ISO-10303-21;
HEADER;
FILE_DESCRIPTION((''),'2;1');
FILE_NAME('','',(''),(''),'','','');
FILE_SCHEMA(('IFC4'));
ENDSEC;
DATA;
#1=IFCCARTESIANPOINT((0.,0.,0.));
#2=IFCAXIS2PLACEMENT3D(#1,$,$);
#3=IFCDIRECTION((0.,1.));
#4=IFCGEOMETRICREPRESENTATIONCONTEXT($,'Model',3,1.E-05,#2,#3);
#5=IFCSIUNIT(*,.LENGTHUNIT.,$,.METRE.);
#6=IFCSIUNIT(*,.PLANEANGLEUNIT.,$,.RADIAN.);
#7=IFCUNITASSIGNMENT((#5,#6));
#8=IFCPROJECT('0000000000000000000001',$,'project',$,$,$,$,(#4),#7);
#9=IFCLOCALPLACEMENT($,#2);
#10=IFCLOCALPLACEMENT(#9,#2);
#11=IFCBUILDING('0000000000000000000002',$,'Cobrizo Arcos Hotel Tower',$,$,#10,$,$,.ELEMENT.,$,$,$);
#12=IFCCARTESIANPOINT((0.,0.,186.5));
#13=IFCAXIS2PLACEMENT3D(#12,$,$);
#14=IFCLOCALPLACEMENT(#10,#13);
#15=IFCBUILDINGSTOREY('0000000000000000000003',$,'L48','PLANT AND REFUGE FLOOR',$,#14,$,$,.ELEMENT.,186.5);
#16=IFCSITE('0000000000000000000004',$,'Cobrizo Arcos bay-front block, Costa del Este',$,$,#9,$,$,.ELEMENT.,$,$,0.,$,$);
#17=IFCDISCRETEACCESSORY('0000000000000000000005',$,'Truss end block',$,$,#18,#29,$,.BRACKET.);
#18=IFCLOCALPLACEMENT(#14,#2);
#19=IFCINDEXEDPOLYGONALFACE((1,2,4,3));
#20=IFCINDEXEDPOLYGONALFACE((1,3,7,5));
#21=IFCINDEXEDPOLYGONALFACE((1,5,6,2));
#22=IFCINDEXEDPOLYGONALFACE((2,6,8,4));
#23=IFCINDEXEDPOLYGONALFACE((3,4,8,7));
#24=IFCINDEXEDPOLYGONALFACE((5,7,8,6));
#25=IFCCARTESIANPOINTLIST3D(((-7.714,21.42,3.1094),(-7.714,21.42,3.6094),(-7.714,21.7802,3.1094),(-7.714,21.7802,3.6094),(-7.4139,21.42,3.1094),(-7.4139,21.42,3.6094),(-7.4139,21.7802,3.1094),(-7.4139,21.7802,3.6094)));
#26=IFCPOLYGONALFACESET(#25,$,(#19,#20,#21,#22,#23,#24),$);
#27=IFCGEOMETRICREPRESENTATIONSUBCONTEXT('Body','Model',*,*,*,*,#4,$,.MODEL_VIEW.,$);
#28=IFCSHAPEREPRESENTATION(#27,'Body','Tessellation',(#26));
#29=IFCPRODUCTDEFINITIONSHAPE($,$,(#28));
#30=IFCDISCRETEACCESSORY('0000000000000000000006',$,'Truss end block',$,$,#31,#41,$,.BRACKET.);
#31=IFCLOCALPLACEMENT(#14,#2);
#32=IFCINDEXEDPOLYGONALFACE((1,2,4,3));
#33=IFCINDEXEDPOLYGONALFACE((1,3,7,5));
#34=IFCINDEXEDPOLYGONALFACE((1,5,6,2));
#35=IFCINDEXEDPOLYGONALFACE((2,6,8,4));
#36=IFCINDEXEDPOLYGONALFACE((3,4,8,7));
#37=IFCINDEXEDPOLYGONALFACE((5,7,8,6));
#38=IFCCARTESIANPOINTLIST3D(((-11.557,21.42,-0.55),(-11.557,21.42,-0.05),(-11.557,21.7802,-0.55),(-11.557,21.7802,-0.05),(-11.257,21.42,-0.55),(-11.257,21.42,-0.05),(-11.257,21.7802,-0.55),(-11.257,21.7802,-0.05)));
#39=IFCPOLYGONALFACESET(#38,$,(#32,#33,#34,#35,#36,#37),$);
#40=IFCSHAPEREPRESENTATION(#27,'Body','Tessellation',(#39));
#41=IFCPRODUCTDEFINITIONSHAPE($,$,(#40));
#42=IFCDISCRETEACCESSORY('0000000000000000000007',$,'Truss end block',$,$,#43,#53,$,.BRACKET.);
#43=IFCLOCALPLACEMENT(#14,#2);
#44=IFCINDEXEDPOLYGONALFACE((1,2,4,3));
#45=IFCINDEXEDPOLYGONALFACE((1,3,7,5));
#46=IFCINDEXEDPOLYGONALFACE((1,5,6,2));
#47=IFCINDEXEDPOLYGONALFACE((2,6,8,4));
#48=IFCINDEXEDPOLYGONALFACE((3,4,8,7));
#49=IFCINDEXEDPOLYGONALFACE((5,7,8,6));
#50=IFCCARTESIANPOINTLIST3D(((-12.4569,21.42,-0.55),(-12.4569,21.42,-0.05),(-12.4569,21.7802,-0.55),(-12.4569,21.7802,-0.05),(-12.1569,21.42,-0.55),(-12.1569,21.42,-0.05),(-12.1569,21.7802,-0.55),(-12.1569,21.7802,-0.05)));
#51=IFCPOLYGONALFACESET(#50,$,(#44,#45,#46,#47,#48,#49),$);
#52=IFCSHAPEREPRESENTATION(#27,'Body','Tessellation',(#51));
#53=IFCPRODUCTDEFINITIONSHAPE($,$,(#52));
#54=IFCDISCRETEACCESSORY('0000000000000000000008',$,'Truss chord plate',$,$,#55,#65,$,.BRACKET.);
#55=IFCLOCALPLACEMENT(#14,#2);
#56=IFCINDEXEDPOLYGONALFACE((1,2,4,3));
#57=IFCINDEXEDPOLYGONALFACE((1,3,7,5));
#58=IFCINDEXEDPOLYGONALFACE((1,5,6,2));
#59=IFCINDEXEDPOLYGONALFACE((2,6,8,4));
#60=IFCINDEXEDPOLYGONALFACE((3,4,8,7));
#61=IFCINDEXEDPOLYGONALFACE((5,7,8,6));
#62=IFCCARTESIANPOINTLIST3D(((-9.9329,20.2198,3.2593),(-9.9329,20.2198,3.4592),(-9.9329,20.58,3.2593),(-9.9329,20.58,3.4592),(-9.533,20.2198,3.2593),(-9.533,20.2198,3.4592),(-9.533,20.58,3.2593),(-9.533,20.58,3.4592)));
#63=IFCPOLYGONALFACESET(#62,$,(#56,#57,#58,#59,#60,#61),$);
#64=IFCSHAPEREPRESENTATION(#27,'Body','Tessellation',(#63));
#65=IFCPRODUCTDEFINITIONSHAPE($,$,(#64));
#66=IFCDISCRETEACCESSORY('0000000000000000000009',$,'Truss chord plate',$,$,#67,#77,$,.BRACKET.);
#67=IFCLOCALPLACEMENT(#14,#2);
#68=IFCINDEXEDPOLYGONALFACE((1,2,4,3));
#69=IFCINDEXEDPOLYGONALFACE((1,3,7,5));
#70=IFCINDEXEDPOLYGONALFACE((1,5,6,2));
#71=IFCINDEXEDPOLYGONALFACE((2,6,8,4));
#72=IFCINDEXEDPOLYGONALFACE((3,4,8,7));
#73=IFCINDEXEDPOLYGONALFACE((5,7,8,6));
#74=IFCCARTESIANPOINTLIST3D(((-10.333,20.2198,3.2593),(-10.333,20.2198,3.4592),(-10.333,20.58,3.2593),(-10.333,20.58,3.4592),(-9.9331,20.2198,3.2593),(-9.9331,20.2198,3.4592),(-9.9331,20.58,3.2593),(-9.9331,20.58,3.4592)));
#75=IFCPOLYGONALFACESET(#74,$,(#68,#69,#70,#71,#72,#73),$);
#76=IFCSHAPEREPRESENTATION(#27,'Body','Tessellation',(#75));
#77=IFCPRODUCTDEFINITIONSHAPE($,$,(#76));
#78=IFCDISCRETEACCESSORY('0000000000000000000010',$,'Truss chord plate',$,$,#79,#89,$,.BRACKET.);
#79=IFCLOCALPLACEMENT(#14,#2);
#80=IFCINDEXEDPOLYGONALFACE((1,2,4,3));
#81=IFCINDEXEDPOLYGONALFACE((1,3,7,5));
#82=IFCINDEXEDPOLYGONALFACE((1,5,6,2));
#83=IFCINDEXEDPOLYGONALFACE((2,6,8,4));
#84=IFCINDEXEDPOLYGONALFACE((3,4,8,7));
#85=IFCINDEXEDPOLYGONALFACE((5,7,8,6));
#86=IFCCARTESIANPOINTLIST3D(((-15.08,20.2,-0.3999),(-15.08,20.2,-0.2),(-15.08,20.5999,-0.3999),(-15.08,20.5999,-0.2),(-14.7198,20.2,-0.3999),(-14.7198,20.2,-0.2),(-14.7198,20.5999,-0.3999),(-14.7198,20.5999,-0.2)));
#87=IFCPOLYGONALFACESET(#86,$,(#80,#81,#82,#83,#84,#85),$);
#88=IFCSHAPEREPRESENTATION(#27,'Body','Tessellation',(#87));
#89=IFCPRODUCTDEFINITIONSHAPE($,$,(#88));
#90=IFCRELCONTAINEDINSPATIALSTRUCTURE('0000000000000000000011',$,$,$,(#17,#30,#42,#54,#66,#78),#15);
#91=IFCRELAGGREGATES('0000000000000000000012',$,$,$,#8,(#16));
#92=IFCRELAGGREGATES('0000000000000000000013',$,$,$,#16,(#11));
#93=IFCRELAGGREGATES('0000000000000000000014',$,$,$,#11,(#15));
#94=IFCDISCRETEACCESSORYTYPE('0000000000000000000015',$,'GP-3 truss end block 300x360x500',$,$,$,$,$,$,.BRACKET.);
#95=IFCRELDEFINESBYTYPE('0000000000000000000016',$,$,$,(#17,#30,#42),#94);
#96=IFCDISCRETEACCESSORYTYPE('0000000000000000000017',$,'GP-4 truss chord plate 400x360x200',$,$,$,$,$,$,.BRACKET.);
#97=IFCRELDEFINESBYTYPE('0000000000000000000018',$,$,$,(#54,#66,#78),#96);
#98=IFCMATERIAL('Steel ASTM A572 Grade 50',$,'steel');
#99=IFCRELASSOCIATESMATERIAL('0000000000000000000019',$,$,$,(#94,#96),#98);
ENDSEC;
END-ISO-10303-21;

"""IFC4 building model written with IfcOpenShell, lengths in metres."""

from ifc_helpers import new_model, si_unit, direction, frame, origin, origin_2d, place, context, subcontext, project, spatial, rectangle, extrude, material, type_object, element, save


model = new_model("IFC4")

# Units and contexts
model_context = context("Model", 3, precision=1e-05, world=origin(), true_north=direction((0.0, 1.0)))
body_context = subcontext(model_context, "Body", "Model", "MODEL_VIEW")
ifc_project = project(units=[si_unit("LENGTHUNIT", "METRE"), si_unit("PLANEANGLEUNIT", "RADIAN")], contexts=[model_context])

# Site, building, storey
site_placement = place(None, origin())
site = spatial("IfcSite", under=ifc_project, at=site_placement, Name="Cobrizo Arcos bay-front block, Costa del Este", CompositionType="ELEMENT", RefElevation=0.0)
building_placement = place(site_placement, origin())
building = spatial("IfcBuilding", under=site, at=building_placement, Name="Cobrizo Arcos Hotel Tower", CompositionType="ELEMENT")
storey_placement = place(building_placement, frame((0.0, 0.0, 186.5)))
storey = spatial("IfcBuildingStorey", under=building, at=storey_placement, Name="L48", Description="PLANT AND REFUGE FLOOR", CompositionType="ELEMENT", Elevation=186.5)

# Shared definitions
ifc_material_1 = material(Name="Steel ASTM A572 Grade 50", Category="steel")

# Discrete accessories
discrete_accessory_type_1 = type_object("IfcDiscreteAccessoryType", Name="GP-3 truss end block 300x360x500", PredefinedType="BRACKET", material=ifc_material_1)
for number, where, z_axis, x_axis, name in (
    (1, (-7.564, 21.6001, 3.1094), (0.0, 0.0, 1.0), (-1.0, 0.0, 0.0), "Truss end block"),
    (2, (-11.407, 21.6001, -0.55), (0.0, 0.0, 1.0), (1.0, 0.0, 0.0), "Truss end block"),
    (3, (-12.3069, 21.6001, -0.55), (0.0, 0.0, 1.0), (-1.0, 0.0, 0.0), "Truss end block"),
):
    element("IfcDiscreteAccessory", number, at=place(storey_placement, frame(where, z_axis=z_axis, x_axis=x_axis)), inside=storey, type_object=discrete_accessory_type_1, Name=name, PredefinedType="BRACKET", context=body_context, shape_type="SweptSolid", body=[
        extrude(rectangle(XDim=0.3, YDim=0.3601, at=origin_2d()), origin(), (0.0, 0.0, 1.0), 0.5),
    ])
discrete_accessory_type_2 = type_object("IfcDiscreteAccessoryType", Name="GP-4 truss chord plate 400x360x200", PredefinedType="BRACKET", material=ifc_material_1)
for number, where, z_axis, x_axis, name in (
    (4, (-9.7329, 20.3999, 3.2593), (0.0, 0.0, 1.0), (-1.0, 0.0, 0.0), "Truss chord plate"),
    (5, (-10.1331, 20.3999, 3.2593), (0.0, 0.0, 1.0), (-1.0, 0.0, 0.0), "Truss chord plate"),
    (6, (-14.8999, 20.3999, -0.3999), (0.0, 0.0, 1.0), (0.0, -1.0, 0.0), "Truss chord plate"),
):
    element("IfcDiscreteAccessory", number, at=place(storey_placement, frame(where, z_axis=z_axis, x_axis=x_axis)), inside=storey, type_object=discrete_accessory_type_2, Name=name, PredefinedType="BRACKET", context=body_context, shape_type="SweptSolid", body=[
        extrude(rectangle(XDim=0.3999, YDim=0.3601, at=origin_2d()), origin(), (0.0, 0.0, 1.0), 0.2),
    ])

save(model, "model.ifc")
